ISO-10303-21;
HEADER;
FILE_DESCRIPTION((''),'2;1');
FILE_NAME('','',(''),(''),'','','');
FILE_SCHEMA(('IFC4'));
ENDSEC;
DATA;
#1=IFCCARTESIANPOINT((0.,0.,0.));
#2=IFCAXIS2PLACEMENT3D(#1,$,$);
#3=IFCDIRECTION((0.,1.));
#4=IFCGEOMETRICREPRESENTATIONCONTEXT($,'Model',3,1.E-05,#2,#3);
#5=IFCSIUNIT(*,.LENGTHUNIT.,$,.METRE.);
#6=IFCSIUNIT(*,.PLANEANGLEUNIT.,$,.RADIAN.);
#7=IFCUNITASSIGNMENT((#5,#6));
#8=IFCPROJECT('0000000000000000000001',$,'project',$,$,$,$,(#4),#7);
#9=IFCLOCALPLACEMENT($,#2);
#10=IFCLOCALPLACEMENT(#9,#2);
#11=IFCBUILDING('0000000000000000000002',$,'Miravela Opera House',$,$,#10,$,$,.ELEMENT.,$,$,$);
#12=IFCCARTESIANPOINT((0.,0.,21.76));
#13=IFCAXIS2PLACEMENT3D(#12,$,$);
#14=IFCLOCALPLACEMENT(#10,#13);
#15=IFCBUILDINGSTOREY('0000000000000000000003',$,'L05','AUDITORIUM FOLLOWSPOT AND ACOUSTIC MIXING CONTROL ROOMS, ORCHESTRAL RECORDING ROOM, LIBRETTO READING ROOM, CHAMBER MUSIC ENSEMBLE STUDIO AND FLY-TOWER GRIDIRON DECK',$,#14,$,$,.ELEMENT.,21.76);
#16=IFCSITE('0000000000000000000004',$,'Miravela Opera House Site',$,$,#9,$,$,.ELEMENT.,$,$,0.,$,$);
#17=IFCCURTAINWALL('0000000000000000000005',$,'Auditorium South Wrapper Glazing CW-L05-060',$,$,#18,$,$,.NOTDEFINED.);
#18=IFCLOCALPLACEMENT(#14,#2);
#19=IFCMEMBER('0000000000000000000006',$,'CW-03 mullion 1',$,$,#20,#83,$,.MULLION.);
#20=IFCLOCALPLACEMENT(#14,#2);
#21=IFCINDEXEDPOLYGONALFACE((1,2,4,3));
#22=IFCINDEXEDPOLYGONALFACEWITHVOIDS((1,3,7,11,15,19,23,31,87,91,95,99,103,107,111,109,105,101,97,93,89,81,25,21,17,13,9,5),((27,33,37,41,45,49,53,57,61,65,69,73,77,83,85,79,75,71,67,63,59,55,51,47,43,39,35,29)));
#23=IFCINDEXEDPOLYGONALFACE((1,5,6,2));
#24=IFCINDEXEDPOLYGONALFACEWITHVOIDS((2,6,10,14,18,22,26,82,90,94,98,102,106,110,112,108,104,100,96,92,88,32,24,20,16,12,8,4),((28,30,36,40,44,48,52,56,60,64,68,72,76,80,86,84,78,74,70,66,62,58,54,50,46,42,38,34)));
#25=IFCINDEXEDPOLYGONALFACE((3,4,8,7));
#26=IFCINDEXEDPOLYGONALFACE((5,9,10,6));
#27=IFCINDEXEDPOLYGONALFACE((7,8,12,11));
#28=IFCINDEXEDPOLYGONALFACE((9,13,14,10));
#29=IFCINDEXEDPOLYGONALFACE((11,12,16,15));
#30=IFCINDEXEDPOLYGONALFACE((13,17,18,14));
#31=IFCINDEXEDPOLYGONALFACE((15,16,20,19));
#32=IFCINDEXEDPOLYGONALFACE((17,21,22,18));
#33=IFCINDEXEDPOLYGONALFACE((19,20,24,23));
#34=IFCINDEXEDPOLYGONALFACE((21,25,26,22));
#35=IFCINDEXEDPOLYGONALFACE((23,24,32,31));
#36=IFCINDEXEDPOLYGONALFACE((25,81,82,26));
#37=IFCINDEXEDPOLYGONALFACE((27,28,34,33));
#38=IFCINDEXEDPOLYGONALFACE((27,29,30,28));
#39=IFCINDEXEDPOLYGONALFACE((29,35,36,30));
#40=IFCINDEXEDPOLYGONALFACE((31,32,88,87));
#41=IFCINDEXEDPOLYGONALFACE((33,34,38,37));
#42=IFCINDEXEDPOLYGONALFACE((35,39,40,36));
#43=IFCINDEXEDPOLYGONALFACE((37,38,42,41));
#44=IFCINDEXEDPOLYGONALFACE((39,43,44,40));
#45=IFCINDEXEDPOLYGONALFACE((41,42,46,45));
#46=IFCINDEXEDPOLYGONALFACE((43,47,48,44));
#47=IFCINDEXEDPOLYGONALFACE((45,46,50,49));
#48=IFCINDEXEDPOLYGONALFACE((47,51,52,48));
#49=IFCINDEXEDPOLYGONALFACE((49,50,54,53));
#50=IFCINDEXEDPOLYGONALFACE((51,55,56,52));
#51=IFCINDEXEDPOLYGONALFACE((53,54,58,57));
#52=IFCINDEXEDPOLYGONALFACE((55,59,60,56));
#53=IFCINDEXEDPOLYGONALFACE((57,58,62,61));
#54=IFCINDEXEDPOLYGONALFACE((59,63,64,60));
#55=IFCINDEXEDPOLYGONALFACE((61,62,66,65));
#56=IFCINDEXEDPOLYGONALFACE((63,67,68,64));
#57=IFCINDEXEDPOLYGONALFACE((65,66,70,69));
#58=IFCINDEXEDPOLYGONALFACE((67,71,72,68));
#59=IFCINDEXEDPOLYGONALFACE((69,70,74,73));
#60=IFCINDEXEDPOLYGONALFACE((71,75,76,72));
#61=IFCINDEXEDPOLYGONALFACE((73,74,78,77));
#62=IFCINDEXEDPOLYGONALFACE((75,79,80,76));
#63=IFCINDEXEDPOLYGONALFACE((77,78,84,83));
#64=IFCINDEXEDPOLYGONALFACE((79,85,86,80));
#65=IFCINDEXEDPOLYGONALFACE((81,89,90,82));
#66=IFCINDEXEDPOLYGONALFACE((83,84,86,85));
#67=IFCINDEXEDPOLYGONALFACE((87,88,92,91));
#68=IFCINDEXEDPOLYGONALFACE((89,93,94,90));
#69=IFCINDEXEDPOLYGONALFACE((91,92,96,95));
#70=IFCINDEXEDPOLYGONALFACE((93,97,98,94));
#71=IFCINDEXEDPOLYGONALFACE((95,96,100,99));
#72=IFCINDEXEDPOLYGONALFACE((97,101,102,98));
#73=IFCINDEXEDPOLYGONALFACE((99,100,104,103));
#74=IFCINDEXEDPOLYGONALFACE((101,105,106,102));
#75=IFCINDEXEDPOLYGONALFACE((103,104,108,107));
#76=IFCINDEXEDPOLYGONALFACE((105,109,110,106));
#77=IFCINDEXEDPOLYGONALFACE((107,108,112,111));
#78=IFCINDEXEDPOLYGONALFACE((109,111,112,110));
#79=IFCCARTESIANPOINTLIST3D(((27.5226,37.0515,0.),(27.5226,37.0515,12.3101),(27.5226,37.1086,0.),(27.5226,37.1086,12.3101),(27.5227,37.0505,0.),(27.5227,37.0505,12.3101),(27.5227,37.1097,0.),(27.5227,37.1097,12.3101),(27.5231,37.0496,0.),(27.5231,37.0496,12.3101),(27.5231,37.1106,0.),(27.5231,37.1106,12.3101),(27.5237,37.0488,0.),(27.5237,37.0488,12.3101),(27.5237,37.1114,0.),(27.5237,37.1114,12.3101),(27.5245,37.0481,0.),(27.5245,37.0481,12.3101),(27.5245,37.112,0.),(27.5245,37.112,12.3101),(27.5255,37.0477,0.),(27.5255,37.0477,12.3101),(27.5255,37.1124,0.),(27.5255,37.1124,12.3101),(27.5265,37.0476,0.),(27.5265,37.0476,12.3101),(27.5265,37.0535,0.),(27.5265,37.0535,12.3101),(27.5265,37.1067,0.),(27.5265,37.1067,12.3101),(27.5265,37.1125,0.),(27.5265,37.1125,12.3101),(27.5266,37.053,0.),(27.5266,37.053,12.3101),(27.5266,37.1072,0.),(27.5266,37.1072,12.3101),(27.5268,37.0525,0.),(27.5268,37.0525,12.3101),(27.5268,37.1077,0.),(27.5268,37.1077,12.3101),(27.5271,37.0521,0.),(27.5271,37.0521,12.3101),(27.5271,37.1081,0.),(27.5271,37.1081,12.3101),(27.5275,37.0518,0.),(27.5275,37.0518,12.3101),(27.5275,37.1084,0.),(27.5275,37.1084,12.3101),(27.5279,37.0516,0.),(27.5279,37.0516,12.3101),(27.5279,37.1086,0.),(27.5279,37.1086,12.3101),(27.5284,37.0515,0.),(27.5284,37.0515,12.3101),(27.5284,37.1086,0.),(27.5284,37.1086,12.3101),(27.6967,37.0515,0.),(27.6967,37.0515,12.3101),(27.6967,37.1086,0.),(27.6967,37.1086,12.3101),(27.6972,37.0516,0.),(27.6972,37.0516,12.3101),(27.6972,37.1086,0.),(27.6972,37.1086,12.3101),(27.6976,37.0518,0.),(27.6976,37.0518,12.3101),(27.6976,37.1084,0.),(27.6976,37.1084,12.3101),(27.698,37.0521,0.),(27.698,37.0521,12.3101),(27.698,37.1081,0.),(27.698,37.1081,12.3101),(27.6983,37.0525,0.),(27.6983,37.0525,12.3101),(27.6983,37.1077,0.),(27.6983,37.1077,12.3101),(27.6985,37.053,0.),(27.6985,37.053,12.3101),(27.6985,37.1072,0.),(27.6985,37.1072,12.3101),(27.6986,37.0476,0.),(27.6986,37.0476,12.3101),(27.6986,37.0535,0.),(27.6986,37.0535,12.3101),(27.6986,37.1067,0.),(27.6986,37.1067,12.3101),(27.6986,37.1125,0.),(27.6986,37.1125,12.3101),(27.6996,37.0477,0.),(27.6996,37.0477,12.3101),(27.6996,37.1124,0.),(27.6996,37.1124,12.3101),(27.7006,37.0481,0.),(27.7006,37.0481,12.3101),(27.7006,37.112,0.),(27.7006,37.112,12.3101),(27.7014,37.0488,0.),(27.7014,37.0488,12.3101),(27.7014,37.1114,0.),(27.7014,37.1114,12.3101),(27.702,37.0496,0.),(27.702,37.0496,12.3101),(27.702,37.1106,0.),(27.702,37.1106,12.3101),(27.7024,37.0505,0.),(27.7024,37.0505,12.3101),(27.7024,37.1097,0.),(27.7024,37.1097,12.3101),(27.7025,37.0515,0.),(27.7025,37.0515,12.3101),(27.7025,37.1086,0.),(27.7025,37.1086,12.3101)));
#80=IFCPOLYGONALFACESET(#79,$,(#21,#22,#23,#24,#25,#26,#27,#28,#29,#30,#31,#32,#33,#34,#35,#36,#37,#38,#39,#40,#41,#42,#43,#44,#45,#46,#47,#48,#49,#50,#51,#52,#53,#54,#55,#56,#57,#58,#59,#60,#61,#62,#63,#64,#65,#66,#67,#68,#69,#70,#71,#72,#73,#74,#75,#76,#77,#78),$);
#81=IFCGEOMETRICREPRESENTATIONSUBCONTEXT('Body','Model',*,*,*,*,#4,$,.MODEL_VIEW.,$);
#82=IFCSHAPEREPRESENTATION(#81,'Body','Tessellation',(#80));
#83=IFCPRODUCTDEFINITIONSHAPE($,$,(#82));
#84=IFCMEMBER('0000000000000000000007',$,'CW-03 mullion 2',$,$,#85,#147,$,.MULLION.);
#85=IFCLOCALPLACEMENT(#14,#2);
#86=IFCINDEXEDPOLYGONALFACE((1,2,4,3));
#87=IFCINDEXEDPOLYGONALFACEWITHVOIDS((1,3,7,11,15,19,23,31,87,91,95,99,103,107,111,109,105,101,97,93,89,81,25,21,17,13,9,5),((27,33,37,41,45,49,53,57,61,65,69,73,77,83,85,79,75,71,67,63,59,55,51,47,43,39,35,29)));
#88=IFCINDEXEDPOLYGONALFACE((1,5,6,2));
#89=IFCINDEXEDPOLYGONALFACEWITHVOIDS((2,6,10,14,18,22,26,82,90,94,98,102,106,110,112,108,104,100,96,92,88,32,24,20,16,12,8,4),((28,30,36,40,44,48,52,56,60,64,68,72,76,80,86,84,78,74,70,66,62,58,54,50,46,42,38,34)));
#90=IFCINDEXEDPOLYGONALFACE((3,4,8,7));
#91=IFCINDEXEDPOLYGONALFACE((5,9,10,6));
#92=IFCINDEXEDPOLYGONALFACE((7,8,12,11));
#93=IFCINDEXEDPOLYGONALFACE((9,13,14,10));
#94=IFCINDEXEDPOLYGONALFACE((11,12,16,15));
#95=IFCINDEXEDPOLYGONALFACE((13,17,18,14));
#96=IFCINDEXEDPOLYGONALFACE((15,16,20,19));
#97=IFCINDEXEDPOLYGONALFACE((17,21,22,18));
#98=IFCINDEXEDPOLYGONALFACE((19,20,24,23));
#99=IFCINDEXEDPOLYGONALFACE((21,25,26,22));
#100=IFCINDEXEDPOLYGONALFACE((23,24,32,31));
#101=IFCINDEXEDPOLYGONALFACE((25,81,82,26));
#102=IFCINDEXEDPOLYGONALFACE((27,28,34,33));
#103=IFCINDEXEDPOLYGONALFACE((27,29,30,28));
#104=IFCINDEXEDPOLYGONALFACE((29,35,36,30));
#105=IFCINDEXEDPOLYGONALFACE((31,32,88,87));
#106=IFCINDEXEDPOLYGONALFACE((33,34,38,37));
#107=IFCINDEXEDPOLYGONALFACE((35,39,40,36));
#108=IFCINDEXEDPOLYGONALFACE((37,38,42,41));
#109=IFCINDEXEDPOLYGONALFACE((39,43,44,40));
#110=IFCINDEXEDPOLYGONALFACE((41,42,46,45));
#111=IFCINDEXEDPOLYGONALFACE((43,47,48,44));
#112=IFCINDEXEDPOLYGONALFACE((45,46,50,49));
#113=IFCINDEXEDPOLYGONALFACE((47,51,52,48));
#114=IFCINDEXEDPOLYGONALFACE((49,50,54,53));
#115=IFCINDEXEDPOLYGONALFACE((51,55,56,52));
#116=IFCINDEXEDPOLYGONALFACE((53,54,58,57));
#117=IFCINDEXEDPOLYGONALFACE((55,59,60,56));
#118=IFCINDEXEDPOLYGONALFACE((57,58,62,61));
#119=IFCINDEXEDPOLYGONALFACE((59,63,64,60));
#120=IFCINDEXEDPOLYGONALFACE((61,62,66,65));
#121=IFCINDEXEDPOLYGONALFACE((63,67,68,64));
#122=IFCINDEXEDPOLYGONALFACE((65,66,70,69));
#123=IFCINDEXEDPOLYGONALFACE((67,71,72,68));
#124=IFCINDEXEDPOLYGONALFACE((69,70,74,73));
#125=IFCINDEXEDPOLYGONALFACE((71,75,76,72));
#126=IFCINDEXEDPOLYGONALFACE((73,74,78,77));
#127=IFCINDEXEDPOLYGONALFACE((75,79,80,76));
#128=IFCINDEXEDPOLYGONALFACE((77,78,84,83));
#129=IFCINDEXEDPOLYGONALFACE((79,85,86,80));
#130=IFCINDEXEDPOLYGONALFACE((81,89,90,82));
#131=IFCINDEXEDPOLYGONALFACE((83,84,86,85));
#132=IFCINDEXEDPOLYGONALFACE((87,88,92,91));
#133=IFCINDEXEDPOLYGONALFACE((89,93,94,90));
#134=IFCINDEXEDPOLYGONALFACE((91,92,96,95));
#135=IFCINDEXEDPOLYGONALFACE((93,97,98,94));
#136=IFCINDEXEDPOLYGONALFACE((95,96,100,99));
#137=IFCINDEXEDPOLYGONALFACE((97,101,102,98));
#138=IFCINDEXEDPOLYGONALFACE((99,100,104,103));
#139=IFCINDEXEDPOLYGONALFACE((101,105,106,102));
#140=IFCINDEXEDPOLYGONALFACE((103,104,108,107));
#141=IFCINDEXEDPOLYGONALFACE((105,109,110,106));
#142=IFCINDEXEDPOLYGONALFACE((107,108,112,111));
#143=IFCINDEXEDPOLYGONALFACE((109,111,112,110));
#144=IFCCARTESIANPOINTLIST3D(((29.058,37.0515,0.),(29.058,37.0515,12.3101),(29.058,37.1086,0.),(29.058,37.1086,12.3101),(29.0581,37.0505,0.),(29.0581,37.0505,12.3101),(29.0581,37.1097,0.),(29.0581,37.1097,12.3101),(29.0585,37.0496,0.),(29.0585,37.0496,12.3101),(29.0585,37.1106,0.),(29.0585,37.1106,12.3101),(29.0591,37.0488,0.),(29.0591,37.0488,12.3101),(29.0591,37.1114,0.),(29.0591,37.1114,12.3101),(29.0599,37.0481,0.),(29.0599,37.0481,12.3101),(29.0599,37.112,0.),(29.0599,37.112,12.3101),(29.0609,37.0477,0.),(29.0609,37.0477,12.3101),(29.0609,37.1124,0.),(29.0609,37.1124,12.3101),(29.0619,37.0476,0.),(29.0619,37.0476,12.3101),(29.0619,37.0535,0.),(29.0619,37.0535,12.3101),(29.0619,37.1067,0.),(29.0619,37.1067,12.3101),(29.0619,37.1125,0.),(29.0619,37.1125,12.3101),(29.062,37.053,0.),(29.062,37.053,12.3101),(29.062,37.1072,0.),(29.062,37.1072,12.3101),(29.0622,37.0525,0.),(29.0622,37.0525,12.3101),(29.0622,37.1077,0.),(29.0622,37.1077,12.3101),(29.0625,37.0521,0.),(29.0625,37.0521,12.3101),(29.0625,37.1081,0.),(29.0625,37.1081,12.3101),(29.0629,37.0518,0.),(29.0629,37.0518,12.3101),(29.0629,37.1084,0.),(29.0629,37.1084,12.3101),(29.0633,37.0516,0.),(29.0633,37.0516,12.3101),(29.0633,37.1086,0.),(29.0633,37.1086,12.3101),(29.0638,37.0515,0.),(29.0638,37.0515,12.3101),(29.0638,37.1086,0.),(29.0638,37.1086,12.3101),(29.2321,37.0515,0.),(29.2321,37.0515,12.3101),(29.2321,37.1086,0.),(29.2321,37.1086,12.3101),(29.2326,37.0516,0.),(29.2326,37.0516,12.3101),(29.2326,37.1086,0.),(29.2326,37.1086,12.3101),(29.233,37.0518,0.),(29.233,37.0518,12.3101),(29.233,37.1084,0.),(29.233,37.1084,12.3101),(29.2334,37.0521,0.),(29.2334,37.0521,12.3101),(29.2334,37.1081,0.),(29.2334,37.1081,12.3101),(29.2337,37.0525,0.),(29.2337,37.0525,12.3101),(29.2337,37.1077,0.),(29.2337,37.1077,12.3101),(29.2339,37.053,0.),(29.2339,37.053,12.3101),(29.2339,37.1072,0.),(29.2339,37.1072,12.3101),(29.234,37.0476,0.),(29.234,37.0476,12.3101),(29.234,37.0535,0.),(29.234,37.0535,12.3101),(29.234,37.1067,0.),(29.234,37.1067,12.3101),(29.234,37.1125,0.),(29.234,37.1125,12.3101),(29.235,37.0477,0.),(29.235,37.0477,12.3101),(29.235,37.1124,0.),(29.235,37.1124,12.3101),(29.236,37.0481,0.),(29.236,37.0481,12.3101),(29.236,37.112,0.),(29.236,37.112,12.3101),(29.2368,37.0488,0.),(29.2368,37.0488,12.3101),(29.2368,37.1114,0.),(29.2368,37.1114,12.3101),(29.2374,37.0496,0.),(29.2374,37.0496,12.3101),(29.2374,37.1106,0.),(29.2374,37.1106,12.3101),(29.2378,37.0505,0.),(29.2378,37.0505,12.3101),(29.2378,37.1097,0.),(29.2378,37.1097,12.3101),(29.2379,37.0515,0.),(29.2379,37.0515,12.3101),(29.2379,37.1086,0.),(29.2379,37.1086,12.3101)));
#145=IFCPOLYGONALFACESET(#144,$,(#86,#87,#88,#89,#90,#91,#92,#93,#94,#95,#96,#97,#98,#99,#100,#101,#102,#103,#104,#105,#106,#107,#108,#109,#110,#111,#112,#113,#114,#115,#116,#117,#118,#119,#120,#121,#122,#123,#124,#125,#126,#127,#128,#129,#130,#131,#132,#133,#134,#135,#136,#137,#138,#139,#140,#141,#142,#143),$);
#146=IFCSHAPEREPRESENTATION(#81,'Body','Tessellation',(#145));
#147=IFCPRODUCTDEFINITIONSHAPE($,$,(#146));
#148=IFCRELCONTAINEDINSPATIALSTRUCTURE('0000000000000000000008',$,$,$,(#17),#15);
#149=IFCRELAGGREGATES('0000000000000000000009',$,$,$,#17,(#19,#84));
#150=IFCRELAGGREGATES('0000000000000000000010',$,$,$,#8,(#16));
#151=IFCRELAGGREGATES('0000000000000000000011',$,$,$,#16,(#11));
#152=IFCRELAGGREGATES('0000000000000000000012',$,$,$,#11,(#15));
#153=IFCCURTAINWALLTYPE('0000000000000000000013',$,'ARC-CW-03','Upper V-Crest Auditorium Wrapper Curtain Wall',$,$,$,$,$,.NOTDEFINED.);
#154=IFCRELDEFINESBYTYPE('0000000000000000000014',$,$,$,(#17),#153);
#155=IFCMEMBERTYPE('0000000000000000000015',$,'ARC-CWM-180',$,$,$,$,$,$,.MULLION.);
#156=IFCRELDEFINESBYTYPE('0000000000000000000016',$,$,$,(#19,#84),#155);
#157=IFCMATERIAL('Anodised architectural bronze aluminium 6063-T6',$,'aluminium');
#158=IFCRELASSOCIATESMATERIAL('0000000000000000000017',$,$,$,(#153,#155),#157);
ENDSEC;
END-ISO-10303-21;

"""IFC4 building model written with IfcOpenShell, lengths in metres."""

from ifc_helpers import new_model, si_unit, direction, frame, origin, origin_2d, place, context, subcontext, project, spatial, hollow_rectangle, extrude, material, material_profile, profile_set, type_object, element, aggregate, save


model = new_model("IFC4")

# Units and contexts
model_context = context("Model", 3, precision=1e-05, world=origin(), true_north=direction((0.0, 1.0)))
body_context = subcontext(model_context, "Body", "Model", "MODEL_VIEW")
ifc_project = project(units=[si_unit("LENGTHUNIT", "METRE"), si_unit("PLANEANGLEUNIT", "RADIAN")], contexts=[model_context])

# Site, building, storey
site_placement = place(None, origin())
site = spatial("IfcSite", under=ifc_project, at=site_placement, Name="Miravela Opera House Site", CompositionType="ELEMENT", RefElevation=0.0)
building_placement = place(site_placement, origin())
building = spatial("IfcBuilding", under=site, at=building_placement, Name="Miravela Opera House", CompositionType="ELEMENT")
storey_placement = place(building_placement, frame((0.0, 0.0, 21.76)))
storey = spatial("IfcBuildingStorey", under=building, at=storey_placement, Name="L05", Description="AUDITORIUM FOLLOWSPOT AND ACOUSTIC MIXING CONTROL ROOMS, ORCHESTRAL RECORDING ROOM, LIBRETTO READING ROOM, CHAMBER MUSIC ENSEMBLE STUDIO AND FLY-TOWER GRIDIRON DECK", CompositionType="ELEMENT", Elevation=21.76)

# Curtain wall, members
ifc_material_1 = material(Name="Anodised architectural bronze aluminium 6063-T6", Category="aluminium")
curtain_wall_type = type_object("IfcCurtainWallType", Name="ARC-CW-03", Description="Upper V-Crest Auditorium Wrapper Curtain Wall", PredefinedType="NOTDEFINED", material=ifc_material_1)
curtain_wall_placement = place(storey_placement, origin())
curtain_wall = element("IfcCurtainWall", 1, at=curtain_wall_placement, inside=storey, type_object=curtain_wall_type, Name="Auditorium South Wrapper Glazing CW-L05-060", PredefinedType="NOTDEFINED")
ifc_material_profile_1 = material_profile(ifc_material_1, hollow_rectangle(XDim=0.0649, YDim=0.1799, WallThickness=0.0039, InnerFilletRadius=0.002, OuterFilletRadius=0.0039, at=origin_2d()), Name="CWM-65X180")
ifc_profile_set_1 = profile_set([ifc_material_profile_1])
member_type_1 = type_object("IfcMemberType", Name="ARC-CWM-180", PredefinedType="MULLION", material=ifc_profile_set_1)
member_1_placement = place(storey_placement, frame((27.6125, 37.0801, 0.0), z_axis=(0.0, 0.0, 1.0), x_axis=(0.0, 1.0, 0.0)))
member_1 = element("IfcMember", 2, at=member_1_placement, type_object=member_type_1, Name="CW-03 mullion 1", PredefinedType="MULLION", context=body_context, shape_type="SweptSolid", body=[
    extrude(hollow_rectangle(XDim=0.0649, YDim=0.1799, WallThickness=0.0039, InnerFilletRadius=0.002, OuterFilletRadius=0.0039, at=origin_2d()), origin(), (0.0, 0.0, 1.0), 12.3101),
])
member_2_placement = place(storey_placement, frame((29.1479, 37.0801, 0.0), z_axis=(0.0, 0.0, 1.0), x_axis=(0.0, 1.0, 0.0)))
member_2 = element("IfcMember", 3, at=member_2_placement, type_object=member_type_1, Name="CW-03 mullion 2", PredefinedType="MULLION", context=body_context, shape_type="SweptSolid", body=[
    extrude(hollow_rectangle(XDim=0.0649, YDim=0.1799, WallThickness=0.0039, InnerFilletRadius=0.002, OuterFilletRadius=0.0039, at=origin_2d()), origin(), (0.0, 0.0, 1.0), 12.3101),
])
aggregate(curtain_wall, [member_1, member_2])

save(model, "model.ifc")
